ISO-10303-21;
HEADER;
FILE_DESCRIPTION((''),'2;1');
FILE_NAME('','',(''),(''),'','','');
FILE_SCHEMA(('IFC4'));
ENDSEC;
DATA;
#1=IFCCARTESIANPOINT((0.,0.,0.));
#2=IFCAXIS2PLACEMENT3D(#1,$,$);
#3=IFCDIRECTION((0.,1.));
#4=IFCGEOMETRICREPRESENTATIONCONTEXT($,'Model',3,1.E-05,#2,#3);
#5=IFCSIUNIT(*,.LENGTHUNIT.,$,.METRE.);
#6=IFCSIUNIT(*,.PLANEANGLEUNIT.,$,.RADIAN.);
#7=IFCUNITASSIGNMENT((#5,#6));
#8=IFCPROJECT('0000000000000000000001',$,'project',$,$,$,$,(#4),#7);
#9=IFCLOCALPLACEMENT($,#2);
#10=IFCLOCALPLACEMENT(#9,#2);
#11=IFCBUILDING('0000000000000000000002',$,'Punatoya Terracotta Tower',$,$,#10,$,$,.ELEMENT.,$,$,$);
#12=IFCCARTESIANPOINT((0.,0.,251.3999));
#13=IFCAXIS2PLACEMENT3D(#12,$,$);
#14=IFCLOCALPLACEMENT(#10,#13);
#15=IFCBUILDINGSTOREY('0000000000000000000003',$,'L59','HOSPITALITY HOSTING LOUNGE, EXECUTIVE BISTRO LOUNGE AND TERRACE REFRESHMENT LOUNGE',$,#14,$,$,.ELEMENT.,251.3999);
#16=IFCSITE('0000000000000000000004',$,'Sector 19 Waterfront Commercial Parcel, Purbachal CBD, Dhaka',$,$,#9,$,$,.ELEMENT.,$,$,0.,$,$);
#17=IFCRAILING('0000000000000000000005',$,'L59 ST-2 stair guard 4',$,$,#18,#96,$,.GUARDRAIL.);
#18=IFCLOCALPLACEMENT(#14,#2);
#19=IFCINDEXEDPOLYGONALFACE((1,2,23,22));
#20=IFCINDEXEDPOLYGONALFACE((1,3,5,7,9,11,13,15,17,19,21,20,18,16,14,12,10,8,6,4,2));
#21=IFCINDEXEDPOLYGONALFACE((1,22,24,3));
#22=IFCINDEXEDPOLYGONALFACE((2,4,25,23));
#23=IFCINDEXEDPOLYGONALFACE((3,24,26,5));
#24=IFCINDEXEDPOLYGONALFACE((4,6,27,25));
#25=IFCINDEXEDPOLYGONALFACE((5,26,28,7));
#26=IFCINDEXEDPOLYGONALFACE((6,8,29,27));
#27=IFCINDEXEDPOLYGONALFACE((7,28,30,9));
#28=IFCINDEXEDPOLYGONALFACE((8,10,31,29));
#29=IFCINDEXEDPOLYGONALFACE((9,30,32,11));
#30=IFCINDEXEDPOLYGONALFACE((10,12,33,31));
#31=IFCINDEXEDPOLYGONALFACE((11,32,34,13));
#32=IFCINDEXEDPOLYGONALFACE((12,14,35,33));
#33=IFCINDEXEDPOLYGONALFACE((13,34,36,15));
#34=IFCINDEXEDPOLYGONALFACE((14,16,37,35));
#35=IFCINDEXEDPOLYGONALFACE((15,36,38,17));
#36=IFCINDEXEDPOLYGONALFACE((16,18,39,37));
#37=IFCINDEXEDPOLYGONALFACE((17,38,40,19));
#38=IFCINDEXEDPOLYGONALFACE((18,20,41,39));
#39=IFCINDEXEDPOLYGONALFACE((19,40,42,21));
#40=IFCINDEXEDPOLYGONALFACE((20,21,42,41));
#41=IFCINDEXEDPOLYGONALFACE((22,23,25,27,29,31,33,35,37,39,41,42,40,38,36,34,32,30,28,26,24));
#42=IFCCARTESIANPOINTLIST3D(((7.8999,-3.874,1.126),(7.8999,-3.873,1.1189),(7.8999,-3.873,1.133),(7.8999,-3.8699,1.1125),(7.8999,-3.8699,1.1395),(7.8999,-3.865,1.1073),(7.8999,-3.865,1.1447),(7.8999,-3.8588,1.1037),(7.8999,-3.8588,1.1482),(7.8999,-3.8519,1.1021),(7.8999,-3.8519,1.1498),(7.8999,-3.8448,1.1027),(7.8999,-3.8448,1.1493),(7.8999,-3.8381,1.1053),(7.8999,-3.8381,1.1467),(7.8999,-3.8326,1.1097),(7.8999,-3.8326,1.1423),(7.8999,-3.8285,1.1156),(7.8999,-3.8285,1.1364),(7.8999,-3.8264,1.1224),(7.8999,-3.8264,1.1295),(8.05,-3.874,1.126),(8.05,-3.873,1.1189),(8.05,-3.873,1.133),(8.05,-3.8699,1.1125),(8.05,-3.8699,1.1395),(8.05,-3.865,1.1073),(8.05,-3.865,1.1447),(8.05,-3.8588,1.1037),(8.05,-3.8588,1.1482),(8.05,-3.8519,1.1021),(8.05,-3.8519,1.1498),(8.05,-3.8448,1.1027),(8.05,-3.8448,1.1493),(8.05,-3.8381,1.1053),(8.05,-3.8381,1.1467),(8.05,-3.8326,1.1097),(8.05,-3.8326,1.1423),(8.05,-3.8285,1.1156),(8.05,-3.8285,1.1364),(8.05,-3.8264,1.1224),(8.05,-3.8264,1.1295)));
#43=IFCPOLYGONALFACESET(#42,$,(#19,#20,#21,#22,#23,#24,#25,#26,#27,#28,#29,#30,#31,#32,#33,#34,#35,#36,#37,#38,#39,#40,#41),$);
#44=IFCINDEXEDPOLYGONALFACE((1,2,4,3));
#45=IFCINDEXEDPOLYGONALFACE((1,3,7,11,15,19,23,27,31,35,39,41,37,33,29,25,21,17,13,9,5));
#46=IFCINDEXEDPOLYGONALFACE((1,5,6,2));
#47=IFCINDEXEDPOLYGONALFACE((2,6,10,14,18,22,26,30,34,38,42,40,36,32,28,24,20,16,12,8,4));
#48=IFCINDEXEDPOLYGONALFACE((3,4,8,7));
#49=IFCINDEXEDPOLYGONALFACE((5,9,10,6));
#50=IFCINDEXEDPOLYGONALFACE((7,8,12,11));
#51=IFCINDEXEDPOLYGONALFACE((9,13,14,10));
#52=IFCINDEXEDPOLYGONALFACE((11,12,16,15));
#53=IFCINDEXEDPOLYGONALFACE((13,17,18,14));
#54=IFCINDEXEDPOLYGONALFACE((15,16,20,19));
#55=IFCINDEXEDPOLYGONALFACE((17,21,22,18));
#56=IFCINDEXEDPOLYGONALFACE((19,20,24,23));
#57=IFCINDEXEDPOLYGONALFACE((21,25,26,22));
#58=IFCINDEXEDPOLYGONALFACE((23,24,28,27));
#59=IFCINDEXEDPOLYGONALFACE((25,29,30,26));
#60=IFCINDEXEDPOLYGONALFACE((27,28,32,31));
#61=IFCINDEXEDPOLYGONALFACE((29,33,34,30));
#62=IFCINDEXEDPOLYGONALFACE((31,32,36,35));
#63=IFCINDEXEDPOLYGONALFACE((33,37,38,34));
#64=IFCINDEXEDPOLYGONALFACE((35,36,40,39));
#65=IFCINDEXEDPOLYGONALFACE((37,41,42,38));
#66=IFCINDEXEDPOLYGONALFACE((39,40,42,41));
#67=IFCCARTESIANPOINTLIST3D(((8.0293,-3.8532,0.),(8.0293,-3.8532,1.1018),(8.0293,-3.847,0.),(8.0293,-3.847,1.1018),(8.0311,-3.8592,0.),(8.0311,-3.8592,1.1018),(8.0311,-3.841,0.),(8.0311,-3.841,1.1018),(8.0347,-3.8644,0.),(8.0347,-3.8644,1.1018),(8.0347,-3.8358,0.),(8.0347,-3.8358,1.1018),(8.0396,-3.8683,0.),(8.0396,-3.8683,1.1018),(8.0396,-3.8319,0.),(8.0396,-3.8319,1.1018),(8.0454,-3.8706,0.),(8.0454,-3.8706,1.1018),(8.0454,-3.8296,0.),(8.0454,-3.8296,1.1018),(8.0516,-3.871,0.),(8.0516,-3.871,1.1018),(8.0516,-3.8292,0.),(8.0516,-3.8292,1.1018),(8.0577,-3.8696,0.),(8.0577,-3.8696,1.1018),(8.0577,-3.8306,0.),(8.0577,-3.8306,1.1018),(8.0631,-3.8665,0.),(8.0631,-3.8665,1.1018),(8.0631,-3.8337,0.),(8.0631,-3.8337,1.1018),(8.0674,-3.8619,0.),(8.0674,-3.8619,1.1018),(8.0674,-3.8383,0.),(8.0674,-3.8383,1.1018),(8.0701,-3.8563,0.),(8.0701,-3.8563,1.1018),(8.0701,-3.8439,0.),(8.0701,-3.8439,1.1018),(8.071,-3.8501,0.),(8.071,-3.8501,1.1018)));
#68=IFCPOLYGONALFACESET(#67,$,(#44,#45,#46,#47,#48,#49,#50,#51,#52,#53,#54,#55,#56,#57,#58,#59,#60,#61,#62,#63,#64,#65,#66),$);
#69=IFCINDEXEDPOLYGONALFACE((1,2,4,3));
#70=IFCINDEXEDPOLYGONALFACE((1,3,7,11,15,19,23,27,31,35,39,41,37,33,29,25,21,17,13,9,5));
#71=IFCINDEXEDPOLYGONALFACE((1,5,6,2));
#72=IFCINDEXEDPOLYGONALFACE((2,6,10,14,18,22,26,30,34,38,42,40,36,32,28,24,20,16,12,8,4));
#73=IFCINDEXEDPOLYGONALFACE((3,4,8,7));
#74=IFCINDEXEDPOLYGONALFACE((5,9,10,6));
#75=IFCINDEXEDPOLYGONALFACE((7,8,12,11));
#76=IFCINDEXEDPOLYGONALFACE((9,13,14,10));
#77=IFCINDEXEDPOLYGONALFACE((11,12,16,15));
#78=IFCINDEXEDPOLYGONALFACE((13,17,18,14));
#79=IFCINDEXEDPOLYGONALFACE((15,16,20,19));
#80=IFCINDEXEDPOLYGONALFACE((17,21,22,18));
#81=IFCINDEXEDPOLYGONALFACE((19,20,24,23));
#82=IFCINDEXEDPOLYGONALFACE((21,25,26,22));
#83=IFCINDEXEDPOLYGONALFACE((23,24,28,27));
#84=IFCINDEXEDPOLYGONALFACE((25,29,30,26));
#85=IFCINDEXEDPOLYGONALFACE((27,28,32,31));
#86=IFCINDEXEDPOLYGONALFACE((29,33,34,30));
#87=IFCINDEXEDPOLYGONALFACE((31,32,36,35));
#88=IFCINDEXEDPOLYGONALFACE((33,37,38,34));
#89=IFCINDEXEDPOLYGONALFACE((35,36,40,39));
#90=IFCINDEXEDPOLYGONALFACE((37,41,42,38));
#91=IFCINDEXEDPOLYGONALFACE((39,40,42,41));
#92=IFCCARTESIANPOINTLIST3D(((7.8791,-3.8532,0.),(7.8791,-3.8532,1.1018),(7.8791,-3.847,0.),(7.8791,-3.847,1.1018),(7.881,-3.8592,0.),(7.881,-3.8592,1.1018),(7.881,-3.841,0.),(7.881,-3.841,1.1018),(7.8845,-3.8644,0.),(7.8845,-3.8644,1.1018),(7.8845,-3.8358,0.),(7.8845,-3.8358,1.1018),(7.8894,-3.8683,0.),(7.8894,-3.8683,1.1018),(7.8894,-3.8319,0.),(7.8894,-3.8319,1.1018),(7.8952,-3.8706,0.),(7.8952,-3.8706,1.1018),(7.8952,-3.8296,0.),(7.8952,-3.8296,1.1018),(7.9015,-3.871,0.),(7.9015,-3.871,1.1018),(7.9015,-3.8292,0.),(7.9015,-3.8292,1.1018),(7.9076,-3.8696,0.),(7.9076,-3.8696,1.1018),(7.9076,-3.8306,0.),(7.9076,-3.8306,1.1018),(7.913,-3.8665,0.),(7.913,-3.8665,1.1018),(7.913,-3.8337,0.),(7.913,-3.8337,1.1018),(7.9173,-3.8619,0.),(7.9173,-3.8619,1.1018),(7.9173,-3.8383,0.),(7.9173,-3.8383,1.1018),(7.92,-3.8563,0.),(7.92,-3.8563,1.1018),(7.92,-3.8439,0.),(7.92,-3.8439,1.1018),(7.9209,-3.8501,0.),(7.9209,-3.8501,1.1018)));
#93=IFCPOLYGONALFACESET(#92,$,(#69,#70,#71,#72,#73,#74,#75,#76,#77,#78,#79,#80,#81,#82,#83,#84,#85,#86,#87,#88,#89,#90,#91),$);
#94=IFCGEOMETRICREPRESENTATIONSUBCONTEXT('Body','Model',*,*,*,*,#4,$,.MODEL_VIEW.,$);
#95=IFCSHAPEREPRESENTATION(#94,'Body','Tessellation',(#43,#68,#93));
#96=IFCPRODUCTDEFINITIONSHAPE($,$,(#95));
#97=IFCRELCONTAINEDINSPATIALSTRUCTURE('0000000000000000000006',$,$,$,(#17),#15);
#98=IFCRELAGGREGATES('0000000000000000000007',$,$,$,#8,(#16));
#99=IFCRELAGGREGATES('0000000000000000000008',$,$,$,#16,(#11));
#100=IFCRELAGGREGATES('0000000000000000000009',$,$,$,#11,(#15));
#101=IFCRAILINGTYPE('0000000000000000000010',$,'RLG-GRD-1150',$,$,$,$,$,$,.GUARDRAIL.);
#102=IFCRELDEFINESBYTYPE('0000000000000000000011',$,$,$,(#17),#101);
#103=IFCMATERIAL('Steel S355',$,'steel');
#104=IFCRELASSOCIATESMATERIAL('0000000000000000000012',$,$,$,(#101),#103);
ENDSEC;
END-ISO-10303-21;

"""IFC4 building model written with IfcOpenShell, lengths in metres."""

from ifc_helpers import new_model, si_unit, direction, frame, origin, origin_2d, place, context, subcontext, project, spatial, circle, extrude, material, type_object, element, save


model = new_model("IFC4")

# Units and contexts
model_context = context("Model", 3, precision=1e-05, world=origin(), true_north=direction((0.0, 1.0)))
body_context = subcontext(model_context, "Body", "Model", "MODEL_VIEW")
ifc_project = project(units=[si_unit("LENGTHUNIT", "METRE"), si_unit("PLANEANGLEUNIT", "RADIAN")], contexts=[model_context])

# Site, building, storey
site_placement = place(None, origin())
site = spatial("IfcSite", under=ifc_project, at=site_placement, Name="Sector 19 Waterfront Commercial Parcel, Purbachal CBD, Dhaka", CompositionType="ELEMENT", RefElevation=0.0)
building_placement = place(site_placement, origin())
building = spatial("IfcBuilding", under=site, at=building_placement, Name="Punatoya Terracotta Tower", CompositionType="ELEMENT")
storey_placement = place(building_placement, frame((0.0, 0.0, 251.3999)))
storey = spatial("IfcBuildingStorey", under=building, at=storey_placement, Name="L59", Description="HOSPITALITY HOSTING LOUNGE, EXECUTIVE BISTRO LOUNGE AND TERRACE REFRESHMENT LOUNGE", CompositionType="ELEMENT", Elevation=251.3999)

# Railing
ifc_material_1 = material(Name="Steel S355", Category="steel")
railing_type_1 = type_object("IfcRailingType", Name="RLG-GRD-1150", PredefinedType="GUARDRAIL", material=ifc_material_1)
railing_1_placement = place(storey_placement, frame((8.05, -3.8501, 0.0)))
element("IfcRailing", 1, at=railing_1_placement, inside=storey, type_object=railing_type_1, Name="L59 ST-2 stair guard 4", PredefinedType="GUARDRAIL", context=body_context, shape_type="SweptSolid", body=[
    extrude(circle(Radius=0.0239, at=origin_2d()), frame((0.0, 0.0, 1.126), z_axis=(-1.0, 0.0, 0.0), x_axis=(0.0, -1.0, 0.0)), (0.0, 0.0, 1.0), 0.1501),
    extrude(circle(Radius=0.021, at=origin_2d()), origin(), (0.0, 0.0, 1.0), 1.1018),
    extrude(circle(Radius=0.021, at=origin_2d()), frame((-0.1501, 0.0, 0.0)), (0.0, 0.0, 1.0), 1.1018),
])

save(model, "model.ifc")
